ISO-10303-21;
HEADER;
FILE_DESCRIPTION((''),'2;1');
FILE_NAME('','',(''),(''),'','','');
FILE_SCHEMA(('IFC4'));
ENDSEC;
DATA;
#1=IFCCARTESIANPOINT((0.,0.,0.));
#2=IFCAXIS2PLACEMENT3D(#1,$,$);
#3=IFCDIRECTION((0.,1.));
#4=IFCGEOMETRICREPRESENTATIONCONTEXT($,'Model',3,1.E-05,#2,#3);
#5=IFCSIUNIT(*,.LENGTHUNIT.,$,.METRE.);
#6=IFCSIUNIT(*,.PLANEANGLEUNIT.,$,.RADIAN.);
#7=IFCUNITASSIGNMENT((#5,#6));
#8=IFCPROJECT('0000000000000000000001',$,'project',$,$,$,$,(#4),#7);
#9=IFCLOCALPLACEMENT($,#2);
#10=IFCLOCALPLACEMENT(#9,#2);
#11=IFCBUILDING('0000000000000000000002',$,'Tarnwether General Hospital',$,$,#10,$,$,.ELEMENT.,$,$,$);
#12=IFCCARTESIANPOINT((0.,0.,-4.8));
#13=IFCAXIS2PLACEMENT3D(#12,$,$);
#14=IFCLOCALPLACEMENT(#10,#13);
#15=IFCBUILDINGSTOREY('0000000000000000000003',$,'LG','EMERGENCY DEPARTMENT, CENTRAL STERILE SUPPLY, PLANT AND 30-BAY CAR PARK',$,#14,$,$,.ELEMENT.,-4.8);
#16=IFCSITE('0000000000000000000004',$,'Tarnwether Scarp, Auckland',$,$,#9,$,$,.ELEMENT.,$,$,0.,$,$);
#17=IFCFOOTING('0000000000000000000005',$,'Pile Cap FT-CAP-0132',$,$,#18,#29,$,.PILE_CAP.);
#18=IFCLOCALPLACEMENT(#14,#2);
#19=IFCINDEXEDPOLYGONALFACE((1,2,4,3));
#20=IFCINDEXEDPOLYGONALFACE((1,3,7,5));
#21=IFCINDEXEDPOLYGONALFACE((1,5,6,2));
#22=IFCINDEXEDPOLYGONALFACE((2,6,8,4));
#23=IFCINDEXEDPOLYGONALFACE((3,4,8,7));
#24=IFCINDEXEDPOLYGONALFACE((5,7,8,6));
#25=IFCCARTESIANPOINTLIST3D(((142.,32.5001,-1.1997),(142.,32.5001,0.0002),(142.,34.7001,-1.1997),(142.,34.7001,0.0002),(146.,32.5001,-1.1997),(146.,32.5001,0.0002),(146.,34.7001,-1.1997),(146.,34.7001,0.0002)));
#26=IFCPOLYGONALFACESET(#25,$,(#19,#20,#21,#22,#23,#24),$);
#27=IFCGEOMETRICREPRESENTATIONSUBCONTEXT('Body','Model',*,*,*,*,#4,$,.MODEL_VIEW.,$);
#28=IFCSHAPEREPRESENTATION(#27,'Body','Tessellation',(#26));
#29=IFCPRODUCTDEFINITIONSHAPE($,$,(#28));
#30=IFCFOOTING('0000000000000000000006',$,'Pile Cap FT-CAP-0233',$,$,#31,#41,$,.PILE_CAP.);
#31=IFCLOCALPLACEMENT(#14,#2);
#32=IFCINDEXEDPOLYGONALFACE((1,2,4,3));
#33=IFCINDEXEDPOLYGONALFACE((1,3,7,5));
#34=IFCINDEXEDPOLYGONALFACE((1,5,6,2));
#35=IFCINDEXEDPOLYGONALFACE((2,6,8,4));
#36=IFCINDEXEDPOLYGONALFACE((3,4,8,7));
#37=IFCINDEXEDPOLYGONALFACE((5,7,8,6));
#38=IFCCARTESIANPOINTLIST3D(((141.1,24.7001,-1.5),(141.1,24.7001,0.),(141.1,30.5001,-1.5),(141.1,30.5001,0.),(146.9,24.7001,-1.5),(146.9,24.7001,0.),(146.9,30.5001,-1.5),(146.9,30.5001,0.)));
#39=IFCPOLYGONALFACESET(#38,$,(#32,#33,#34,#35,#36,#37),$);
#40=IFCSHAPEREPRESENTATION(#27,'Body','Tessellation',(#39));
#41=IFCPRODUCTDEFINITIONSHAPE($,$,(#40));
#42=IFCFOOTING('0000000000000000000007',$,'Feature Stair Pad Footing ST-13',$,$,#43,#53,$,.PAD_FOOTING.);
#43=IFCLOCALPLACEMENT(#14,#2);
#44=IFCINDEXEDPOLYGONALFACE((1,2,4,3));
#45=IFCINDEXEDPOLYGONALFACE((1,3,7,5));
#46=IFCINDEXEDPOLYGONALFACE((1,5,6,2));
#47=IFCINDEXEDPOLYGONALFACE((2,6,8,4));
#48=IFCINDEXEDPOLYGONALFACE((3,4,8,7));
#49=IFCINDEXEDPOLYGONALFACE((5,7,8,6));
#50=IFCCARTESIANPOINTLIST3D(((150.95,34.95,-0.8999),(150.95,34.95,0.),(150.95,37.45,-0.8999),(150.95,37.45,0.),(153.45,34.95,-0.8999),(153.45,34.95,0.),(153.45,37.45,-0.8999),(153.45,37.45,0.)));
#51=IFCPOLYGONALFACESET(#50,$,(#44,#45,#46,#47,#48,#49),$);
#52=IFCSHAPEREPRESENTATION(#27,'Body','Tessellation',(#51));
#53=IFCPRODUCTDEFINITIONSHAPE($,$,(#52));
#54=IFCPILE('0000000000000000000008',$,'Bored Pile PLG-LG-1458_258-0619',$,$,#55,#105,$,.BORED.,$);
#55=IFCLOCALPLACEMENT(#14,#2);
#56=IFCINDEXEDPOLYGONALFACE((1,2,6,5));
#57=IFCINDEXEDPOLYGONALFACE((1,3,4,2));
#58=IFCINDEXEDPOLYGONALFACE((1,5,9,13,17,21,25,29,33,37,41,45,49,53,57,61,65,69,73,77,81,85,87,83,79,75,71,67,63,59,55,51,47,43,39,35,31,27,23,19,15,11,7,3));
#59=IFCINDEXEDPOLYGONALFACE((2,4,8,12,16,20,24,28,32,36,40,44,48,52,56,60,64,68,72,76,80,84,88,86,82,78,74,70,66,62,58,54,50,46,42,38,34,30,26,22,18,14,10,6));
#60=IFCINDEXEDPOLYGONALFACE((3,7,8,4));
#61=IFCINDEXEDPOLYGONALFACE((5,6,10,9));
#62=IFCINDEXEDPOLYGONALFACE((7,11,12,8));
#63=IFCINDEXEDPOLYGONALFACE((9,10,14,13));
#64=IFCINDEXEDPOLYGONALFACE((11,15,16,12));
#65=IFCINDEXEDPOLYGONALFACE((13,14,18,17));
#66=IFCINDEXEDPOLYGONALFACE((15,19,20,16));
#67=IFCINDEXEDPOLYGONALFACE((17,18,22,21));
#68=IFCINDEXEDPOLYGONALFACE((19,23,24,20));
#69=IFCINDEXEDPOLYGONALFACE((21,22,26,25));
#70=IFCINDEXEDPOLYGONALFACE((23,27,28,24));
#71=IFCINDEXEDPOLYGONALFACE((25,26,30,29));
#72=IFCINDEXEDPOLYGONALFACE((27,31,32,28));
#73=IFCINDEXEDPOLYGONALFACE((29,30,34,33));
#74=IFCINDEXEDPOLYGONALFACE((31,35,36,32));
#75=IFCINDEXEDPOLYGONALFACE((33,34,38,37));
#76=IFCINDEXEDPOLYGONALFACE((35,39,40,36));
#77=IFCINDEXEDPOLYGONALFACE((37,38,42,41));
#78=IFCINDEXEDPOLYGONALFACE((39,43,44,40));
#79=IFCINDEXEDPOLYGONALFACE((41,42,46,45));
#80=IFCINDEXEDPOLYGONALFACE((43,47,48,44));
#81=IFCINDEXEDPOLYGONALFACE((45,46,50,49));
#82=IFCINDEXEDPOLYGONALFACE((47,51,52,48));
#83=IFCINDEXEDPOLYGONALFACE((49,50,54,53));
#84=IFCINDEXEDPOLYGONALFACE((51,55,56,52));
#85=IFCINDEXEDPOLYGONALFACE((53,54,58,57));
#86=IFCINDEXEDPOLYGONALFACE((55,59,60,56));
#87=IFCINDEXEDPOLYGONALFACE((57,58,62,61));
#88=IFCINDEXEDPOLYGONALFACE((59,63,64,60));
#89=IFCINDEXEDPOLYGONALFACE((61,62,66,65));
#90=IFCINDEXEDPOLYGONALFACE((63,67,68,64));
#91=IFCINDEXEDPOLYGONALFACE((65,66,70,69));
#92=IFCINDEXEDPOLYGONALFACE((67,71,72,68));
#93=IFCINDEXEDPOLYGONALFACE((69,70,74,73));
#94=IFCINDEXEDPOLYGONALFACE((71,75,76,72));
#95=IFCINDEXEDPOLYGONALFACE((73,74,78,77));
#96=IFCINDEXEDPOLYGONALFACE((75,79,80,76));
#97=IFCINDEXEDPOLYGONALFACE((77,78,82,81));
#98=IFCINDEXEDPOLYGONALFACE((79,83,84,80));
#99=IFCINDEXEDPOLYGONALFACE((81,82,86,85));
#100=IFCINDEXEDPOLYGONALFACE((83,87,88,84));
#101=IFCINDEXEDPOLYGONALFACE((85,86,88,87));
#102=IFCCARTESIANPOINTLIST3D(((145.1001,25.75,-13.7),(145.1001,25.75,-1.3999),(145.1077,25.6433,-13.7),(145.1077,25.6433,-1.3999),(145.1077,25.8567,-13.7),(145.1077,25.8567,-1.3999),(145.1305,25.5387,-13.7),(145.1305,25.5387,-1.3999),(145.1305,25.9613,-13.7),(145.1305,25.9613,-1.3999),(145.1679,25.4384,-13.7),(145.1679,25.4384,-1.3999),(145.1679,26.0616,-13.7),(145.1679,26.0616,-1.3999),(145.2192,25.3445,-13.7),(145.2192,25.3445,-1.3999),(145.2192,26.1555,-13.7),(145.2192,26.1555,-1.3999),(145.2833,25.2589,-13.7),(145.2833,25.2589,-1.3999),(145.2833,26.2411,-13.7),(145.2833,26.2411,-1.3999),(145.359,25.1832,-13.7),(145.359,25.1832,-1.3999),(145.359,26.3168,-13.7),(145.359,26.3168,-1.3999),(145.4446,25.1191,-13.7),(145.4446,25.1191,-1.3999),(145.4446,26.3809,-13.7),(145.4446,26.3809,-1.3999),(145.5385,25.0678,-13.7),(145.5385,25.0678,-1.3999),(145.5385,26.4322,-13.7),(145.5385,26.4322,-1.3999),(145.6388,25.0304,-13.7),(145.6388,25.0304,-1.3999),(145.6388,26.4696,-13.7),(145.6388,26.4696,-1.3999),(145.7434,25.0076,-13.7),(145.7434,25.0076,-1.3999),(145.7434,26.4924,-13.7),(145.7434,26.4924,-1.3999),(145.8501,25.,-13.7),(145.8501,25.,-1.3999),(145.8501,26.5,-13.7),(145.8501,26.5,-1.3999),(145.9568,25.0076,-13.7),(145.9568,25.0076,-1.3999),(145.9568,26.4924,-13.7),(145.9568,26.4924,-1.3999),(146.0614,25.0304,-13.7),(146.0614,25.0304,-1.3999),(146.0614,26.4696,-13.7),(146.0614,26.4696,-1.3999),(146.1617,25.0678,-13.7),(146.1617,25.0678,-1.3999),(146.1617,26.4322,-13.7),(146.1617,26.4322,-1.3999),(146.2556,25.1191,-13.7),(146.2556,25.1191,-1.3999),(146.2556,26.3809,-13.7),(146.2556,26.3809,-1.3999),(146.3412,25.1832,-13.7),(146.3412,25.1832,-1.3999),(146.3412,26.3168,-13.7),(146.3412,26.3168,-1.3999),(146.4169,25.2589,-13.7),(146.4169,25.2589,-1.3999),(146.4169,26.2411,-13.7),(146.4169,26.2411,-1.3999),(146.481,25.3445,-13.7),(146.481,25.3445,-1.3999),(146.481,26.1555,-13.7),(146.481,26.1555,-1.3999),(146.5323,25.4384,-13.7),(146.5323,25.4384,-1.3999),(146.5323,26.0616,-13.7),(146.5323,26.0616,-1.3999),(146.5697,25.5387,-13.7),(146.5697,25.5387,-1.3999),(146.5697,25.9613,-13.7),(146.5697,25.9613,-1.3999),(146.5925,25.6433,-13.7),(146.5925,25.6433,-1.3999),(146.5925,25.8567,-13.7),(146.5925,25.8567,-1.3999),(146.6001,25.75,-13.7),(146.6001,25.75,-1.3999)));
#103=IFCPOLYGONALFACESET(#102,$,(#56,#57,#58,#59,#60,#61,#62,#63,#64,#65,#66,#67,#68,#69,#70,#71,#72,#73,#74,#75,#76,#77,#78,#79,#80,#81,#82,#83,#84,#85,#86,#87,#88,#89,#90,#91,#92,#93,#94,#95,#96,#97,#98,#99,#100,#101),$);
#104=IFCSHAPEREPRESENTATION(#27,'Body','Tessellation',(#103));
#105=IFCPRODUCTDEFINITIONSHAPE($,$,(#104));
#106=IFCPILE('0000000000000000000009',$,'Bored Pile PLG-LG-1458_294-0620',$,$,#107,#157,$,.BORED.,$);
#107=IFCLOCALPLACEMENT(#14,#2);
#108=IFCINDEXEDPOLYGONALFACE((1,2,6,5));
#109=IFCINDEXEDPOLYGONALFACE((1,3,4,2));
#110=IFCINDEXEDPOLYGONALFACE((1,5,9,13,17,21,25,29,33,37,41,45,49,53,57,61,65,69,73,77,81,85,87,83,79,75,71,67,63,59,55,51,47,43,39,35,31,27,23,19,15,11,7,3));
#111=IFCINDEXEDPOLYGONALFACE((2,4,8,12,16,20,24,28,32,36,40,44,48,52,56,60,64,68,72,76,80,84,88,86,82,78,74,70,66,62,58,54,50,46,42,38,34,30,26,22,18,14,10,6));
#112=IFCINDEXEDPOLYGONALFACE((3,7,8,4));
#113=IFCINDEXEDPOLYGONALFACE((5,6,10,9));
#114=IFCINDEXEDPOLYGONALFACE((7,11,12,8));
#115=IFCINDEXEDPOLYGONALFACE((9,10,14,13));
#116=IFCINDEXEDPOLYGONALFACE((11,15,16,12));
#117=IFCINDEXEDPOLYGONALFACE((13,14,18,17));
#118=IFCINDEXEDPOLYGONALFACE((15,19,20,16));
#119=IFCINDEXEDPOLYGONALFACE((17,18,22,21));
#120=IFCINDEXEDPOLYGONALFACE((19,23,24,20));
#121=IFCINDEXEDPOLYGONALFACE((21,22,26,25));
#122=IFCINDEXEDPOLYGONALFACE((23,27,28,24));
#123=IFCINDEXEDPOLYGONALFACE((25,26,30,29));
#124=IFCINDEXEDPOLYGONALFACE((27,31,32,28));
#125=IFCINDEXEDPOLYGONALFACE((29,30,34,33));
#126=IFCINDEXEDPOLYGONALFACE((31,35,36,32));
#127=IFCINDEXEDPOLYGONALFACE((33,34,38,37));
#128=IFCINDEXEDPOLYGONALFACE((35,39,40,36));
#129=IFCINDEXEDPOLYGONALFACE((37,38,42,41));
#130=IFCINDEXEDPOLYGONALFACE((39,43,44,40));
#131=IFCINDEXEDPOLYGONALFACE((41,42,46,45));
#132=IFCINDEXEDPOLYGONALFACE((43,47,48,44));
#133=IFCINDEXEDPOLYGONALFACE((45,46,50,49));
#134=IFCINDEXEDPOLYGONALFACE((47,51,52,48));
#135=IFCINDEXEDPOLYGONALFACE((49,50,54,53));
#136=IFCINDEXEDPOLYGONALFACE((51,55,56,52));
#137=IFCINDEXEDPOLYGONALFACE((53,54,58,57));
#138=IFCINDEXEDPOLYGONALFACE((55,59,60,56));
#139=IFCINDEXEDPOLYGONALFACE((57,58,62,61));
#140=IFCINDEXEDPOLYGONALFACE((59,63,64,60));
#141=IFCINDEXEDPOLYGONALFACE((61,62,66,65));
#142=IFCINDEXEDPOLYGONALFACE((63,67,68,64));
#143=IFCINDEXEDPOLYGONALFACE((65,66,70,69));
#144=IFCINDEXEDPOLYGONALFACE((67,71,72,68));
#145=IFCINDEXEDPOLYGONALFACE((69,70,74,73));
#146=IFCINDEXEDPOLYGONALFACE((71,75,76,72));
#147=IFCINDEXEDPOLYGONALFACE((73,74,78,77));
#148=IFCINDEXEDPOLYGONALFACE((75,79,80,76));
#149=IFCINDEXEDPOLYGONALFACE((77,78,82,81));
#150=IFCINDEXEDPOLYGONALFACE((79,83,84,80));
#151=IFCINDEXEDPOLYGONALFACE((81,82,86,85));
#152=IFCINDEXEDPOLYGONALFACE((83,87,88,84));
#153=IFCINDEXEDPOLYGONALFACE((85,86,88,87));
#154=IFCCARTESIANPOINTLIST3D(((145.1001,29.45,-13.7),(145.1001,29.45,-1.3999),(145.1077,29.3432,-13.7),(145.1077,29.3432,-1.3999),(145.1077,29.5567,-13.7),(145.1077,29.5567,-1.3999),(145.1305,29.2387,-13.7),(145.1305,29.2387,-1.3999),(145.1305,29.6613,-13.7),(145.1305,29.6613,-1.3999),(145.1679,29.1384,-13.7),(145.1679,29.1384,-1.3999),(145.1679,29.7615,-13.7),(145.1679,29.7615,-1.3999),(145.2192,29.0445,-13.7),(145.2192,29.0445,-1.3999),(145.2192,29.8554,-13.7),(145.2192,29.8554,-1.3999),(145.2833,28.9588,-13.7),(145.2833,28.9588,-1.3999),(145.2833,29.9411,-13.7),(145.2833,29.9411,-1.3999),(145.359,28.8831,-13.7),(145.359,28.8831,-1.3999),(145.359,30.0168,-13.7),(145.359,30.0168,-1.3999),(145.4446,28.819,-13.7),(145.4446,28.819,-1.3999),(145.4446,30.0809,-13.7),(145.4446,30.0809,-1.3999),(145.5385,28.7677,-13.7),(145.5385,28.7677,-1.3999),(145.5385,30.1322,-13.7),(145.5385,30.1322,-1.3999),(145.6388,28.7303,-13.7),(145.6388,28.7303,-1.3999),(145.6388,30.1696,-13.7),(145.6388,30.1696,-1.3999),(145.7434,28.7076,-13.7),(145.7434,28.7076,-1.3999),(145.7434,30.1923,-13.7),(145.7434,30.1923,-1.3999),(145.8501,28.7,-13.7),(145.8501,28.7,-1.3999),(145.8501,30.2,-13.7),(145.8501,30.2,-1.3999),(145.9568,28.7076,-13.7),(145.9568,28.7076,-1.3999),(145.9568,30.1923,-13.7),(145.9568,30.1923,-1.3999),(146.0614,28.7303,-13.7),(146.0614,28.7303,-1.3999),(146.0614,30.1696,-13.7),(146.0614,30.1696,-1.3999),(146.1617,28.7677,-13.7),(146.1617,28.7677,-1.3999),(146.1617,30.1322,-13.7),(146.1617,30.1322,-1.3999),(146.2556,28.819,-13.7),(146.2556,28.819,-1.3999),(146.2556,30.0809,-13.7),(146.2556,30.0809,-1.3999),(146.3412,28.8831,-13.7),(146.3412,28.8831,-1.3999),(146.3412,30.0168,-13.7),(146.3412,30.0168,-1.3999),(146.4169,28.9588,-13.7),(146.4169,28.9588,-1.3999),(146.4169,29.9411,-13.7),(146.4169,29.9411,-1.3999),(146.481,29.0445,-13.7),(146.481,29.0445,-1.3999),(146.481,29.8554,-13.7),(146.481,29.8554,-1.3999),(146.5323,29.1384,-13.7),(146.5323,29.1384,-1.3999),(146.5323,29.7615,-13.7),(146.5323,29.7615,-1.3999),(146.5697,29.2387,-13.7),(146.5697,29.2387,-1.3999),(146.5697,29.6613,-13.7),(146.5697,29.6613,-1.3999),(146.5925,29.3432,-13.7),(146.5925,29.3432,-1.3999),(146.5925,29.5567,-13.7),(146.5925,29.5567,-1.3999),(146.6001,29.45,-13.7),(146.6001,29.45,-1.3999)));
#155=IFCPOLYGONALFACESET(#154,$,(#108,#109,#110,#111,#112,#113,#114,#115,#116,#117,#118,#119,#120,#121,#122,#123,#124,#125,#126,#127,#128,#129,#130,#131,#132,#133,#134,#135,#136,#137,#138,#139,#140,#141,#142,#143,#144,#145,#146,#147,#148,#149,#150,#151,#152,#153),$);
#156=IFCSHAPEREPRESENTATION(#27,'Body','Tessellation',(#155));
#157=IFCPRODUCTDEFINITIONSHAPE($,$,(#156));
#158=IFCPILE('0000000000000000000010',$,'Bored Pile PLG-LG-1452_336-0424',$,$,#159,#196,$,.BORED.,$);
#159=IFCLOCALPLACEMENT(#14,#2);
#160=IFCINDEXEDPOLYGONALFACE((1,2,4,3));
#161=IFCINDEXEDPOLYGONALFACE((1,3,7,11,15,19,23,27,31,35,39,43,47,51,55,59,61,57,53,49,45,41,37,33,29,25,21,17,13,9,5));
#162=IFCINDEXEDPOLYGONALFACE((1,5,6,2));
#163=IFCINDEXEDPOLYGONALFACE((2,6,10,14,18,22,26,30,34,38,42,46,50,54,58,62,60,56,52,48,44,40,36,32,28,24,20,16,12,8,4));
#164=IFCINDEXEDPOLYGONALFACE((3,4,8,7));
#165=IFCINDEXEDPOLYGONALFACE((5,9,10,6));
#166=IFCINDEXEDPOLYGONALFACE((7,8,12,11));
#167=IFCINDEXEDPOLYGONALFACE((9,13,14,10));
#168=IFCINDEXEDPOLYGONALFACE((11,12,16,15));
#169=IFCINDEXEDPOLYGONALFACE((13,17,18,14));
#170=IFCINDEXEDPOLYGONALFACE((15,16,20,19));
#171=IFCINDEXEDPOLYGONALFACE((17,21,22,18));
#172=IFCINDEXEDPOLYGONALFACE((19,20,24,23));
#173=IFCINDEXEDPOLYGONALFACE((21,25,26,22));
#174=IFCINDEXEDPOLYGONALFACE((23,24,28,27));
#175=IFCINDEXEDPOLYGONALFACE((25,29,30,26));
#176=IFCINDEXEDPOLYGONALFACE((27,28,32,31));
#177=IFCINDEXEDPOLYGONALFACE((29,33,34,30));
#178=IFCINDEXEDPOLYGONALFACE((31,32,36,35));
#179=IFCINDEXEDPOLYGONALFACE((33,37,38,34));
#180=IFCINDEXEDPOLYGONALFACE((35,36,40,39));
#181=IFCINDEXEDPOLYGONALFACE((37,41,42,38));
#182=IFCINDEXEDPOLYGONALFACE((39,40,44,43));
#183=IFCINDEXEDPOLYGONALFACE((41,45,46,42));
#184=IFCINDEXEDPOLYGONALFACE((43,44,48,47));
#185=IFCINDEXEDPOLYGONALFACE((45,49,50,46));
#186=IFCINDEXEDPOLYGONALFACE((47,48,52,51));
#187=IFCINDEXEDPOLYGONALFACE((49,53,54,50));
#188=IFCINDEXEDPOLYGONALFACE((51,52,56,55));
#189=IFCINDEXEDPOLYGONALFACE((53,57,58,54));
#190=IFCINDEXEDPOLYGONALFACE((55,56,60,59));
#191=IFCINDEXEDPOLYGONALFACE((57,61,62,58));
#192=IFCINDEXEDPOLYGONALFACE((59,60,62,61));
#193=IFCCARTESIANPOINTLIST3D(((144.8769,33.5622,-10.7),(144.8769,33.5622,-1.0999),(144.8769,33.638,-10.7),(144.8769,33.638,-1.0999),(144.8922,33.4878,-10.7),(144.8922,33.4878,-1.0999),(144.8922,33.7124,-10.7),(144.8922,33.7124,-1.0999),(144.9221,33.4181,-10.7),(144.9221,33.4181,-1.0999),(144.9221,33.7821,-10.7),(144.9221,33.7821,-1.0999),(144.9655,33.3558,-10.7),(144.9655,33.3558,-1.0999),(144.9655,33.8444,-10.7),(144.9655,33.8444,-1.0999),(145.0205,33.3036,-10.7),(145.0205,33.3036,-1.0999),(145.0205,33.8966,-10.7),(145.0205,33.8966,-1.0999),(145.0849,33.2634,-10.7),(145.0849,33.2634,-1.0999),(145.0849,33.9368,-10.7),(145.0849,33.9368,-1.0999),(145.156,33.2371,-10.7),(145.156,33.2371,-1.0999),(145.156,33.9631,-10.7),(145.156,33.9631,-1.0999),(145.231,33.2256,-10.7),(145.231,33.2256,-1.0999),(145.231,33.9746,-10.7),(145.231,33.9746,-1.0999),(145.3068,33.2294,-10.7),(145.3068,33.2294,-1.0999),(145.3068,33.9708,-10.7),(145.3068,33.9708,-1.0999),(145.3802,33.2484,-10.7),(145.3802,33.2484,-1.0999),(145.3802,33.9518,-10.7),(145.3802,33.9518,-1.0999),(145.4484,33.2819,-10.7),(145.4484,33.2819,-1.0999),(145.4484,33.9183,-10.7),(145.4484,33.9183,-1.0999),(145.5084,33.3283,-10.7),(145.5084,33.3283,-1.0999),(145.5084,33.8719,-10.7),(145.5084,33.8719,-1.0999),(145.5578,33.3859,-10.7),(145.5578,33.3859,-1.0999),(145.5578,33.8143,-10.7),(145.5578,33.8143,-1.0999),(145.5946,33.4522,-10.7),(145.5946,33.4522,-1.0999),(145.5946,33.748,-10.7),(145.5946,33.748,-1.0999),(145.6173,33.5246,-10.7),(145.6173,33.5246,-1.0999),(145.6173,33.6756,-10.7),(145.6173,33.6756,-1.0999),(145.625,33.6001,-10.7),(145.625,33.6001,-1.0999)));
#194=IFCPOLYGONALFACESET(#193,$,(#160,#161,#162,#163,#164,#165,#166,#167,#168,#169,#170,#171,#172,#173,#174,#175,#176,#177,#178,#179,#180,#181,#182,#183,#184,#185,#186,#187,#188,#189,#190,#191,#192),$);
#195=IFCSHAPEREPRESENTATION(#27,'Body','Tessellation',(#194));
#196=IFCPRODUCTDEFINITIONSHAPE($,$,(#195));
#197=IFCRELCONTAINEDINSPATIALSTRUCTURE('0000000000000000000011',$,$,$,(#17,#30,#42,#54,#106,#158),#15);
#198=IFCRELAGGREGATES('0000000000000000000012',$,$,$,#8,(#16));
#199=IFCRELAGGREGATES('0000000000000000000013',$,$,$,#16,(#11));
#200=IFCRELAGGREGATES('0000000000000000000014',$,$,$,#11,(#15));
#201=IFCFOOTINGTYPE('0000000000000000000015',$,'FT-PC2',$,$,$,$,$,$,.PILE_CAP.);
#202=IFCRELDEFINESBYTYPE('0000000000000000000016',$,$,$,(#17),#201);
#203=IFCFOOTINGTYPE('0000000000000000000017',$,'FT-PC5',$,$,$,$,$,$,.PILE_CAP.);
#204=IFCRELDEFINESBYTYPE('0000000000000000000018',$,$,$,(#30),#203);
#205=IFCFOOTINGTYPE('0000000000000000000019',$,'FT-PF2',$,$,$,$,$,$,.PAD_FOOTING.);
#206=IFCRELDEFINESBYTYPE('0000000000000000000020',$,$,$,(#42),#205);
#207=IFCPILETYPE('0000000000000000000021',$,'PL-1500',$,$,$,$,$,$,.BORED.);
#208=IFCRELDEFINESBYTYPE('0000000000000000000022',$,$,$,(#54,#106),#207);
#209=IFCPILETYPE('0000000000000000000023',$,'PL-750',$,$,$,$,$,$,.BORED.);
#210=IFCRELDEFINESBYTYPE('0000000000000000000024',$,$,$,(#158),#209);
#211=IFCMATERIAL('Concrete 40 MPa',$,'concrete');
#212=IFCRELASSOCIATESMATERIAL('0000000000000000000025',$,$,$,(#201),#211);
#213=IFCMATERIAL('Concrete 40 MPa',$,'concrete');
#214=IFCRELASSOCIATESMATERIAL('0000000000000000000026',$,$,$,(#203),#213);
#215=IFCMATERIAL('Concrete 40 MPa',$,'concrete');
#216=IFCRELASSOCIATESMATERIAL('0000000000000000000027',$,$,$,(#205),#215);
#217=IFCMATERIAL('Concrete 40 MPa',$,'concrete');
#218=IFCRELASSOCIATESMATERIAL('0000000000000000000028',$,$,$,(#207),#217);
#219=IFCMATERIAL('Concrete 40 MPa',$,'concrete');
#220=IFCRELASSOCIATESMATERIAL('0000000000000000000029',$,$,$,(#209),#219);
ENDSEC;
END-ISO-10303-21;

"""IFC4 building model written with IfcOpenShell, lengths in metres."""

from ifc_helpers import new_model, si_unit, direction, frame, origin, origin_2d, place, context, subcontext, project, spatial, rectangle, circle, extrude, material, material_profile, profile_set, type_object, element, save


model = new_model("IFC4")

# Units and contexts
model_context = context("Model", 3, precision=1e-05, world=origin(), true_north=direction((0.0, 1.0)))
body_context = subcontext(model_context, "Body", "Model", "MODEL_VIEW")
ifc_project = project(units=[si_unit("LENGTHUNIT", "METRE"), si_unit("PLANEANGLEUNIT", "RADIAN")], contexts=[model_context])

# Site, building, storey
site_placement = place(None, origin())
site = spatial("IfcSite", under=ifc_project, at=site_placement, Name="Tarnwether Scarp, Auckland", CompositionType="ELEMENT", RefElevation=0.0)
building_placement = place(site_placement, origin())
building = spatial("IfcBuilding", under=site, at=building_placement, Name="Tarnwether General Hospital", CompositionType="ELEMENT")
storey_placement = place(building_placement, frame((0.0, 0.0, -4.8)))
storey = spatial("IfcBuildingStorey", under=building, at=storey_placement, Name="LG", Description="EMERGENCY DEPARTMENT, CENTRAL STERILE SUPPLY, PLANT AND 30-BAY CAR PARK", CompositionType="ELEMENT", Elevation=-4.8)

# Footings
ifc_material_1 = material(Name="Concrete 40 MPa", Category="concrete")
footing_type_1 = type_object("IfcFootingType", Name="FT-PC2", PredefinedType="PILE_CAP", material=ifc_material_1)
footing_1_placement = place(storey_placement, frame((144.0, 33.6001, -1.1997), z_axis=(0.0, 0.0, 1.0), x_axis=(1.0, 0.0, 0.0)))
element("IfcFooting", 1, at=footing_1_placement, inside=storey, type_object=footing_type_1, Name="Pile Cap FT-CAP-0132", PredefinedType="PILE_CAP", context=body_context, shape_type="SweptSolid", body=[
    extrude(rectangle(XDim=4.0, YDim=2.2, at=origin_2d()), origin(), (0.0, 0.0, 1.0), 1.2),
])
ifc_material_2 = material(Name="Concrete 40 MPa", Category="concrete")
footing_type_2 = type_object("IfcFootingType", Name="FT-PC5", PredefinedType="PILE_CAP", material=ifc_material_2)
footing_2_placement = place(storey_placement, frame((144.0, 27.6001, -1.5), z_axis=(0.0, 0.0, 1.0), x_axis=(1.0, 0.0, 0.0)))
element("IfcFooting", 2, at=footing_2_placement, inside=storey, type_object=footing_type_2, Name="Pile Cap FT-CAP-0233", PredefinedType="PILE_CAP", context=body_context, shape_type="SweptSolid", body=[
    extrude(rectangle(XDim=5.8, YDim=5.8, at=origin_2d()), origin(), (0.0, 0.0, 1.0), 1.5),
])
ifc_material_3 = material(Name="Concrete 40 MPa", Category="concrete")
footing_type_3 = type_object("IfcFootingType", Name="FT-PF2", PredefinedType="PAD_FOOTING", material=ifc_material_3)
footing_3_placement = place(storey_placement, frame((152.2, 36.2, -0.8999), z_axis=(0.0, 0.0, 1.0), x_axis=(1.0, 0.0, 0.0)))
element("IfcFooting", 3, at=footing_3_placement, inside=storey, type_object=footing_type_3, Name="Feature Stair Pad Footing ST-13", PredefinedType="PAD_FOOTING", context=body_context, shape_type="SweptSolid", body=[
    extrude(rectangle(XDim=2.5, YDim=2.5, at=origin_2d()), origin(), (0.0, 0.0, 1.0), 0.8999),
])

# Piles
ifc_material_4 = material(Name="Concrete 40 MPa", Category="concrete")
ifc_material_profile_1 = material_profile(ifc_material_4, circle(Radius=0.75, at=origin_2d()), Name="PILE-D1500")
ifc_profile_set_1 = profile_set([ifc_material_profile_1], Name="Concrete 40 MPa")
pile_type_1 = type_object("IfcPileType", Name="PL-1500", PredefinedType="BORED", material=ifc_profile_set_1)
for number, where, z_axis, x_axis, name in (
    (4, (145.8501, 25.75, -1.3999), (0.0, 0.0, -1.0), (1.0, 0.0, 0.0), "Bored Pile PLG-LG-1458_258-0619"),
    (5, (145.8501, 29.45, -1.3999), (0.0, 0.0, -1.0), (1.0, 0.0, 0.0), "Bored Pile PLG-LG-1458_294-0620"),
):
    element("IfcPile", number, at=place(storey_placement, frame(where, z_axis=z_axis, x_axis=x_axis)), inside=storey, type_object=pile_type_1, Name=name, PredefinedType="BORED", context=body_context, shape_type="SweptSolid", body=[
        extrude(circle(Radius=0.75, at=origin_2d()), origin(), (0.0, 0.0, 1.0), 12.3),
    ])
ifc_material_5 = material(Name="Concrete 40 MPa", Category="concrete")
ifc_material_profile_2 = material_profile(ifc_material_5, circle(Radius=0.375, at=origin_2d()), Name="PILE-D750")
ifc_profile_set_2 = profile_set([ifc_material_profile_2], Name="Concrete 40 MPa")
pile_type_2 = type_object("IfcPileType", Name="PL-750", PredefinedType="BORED", material=ifc_profile_set_2)
pile_placement = place(storey_placement, frame((145.25, 33.6001, -1.0999), z_axis=(0.0, 0.0, -1.0), x_axis=(1.0, 0.0, 0.0)))
element("IfcPile", 6, at=pile_placement, inside=storey, type_object=pile_type_2, Name="Bored Pile PLG-LG-1452_336-0424", PredefinedType="BORED", context=body_context, shape_type="SweptSolid", body=[
    extrude(circle(Radius=0.375, at=origin_2d()), origin(), (0.0, 0.0, 1.0), 9.6001),
])

save(model, "model.ifc")
